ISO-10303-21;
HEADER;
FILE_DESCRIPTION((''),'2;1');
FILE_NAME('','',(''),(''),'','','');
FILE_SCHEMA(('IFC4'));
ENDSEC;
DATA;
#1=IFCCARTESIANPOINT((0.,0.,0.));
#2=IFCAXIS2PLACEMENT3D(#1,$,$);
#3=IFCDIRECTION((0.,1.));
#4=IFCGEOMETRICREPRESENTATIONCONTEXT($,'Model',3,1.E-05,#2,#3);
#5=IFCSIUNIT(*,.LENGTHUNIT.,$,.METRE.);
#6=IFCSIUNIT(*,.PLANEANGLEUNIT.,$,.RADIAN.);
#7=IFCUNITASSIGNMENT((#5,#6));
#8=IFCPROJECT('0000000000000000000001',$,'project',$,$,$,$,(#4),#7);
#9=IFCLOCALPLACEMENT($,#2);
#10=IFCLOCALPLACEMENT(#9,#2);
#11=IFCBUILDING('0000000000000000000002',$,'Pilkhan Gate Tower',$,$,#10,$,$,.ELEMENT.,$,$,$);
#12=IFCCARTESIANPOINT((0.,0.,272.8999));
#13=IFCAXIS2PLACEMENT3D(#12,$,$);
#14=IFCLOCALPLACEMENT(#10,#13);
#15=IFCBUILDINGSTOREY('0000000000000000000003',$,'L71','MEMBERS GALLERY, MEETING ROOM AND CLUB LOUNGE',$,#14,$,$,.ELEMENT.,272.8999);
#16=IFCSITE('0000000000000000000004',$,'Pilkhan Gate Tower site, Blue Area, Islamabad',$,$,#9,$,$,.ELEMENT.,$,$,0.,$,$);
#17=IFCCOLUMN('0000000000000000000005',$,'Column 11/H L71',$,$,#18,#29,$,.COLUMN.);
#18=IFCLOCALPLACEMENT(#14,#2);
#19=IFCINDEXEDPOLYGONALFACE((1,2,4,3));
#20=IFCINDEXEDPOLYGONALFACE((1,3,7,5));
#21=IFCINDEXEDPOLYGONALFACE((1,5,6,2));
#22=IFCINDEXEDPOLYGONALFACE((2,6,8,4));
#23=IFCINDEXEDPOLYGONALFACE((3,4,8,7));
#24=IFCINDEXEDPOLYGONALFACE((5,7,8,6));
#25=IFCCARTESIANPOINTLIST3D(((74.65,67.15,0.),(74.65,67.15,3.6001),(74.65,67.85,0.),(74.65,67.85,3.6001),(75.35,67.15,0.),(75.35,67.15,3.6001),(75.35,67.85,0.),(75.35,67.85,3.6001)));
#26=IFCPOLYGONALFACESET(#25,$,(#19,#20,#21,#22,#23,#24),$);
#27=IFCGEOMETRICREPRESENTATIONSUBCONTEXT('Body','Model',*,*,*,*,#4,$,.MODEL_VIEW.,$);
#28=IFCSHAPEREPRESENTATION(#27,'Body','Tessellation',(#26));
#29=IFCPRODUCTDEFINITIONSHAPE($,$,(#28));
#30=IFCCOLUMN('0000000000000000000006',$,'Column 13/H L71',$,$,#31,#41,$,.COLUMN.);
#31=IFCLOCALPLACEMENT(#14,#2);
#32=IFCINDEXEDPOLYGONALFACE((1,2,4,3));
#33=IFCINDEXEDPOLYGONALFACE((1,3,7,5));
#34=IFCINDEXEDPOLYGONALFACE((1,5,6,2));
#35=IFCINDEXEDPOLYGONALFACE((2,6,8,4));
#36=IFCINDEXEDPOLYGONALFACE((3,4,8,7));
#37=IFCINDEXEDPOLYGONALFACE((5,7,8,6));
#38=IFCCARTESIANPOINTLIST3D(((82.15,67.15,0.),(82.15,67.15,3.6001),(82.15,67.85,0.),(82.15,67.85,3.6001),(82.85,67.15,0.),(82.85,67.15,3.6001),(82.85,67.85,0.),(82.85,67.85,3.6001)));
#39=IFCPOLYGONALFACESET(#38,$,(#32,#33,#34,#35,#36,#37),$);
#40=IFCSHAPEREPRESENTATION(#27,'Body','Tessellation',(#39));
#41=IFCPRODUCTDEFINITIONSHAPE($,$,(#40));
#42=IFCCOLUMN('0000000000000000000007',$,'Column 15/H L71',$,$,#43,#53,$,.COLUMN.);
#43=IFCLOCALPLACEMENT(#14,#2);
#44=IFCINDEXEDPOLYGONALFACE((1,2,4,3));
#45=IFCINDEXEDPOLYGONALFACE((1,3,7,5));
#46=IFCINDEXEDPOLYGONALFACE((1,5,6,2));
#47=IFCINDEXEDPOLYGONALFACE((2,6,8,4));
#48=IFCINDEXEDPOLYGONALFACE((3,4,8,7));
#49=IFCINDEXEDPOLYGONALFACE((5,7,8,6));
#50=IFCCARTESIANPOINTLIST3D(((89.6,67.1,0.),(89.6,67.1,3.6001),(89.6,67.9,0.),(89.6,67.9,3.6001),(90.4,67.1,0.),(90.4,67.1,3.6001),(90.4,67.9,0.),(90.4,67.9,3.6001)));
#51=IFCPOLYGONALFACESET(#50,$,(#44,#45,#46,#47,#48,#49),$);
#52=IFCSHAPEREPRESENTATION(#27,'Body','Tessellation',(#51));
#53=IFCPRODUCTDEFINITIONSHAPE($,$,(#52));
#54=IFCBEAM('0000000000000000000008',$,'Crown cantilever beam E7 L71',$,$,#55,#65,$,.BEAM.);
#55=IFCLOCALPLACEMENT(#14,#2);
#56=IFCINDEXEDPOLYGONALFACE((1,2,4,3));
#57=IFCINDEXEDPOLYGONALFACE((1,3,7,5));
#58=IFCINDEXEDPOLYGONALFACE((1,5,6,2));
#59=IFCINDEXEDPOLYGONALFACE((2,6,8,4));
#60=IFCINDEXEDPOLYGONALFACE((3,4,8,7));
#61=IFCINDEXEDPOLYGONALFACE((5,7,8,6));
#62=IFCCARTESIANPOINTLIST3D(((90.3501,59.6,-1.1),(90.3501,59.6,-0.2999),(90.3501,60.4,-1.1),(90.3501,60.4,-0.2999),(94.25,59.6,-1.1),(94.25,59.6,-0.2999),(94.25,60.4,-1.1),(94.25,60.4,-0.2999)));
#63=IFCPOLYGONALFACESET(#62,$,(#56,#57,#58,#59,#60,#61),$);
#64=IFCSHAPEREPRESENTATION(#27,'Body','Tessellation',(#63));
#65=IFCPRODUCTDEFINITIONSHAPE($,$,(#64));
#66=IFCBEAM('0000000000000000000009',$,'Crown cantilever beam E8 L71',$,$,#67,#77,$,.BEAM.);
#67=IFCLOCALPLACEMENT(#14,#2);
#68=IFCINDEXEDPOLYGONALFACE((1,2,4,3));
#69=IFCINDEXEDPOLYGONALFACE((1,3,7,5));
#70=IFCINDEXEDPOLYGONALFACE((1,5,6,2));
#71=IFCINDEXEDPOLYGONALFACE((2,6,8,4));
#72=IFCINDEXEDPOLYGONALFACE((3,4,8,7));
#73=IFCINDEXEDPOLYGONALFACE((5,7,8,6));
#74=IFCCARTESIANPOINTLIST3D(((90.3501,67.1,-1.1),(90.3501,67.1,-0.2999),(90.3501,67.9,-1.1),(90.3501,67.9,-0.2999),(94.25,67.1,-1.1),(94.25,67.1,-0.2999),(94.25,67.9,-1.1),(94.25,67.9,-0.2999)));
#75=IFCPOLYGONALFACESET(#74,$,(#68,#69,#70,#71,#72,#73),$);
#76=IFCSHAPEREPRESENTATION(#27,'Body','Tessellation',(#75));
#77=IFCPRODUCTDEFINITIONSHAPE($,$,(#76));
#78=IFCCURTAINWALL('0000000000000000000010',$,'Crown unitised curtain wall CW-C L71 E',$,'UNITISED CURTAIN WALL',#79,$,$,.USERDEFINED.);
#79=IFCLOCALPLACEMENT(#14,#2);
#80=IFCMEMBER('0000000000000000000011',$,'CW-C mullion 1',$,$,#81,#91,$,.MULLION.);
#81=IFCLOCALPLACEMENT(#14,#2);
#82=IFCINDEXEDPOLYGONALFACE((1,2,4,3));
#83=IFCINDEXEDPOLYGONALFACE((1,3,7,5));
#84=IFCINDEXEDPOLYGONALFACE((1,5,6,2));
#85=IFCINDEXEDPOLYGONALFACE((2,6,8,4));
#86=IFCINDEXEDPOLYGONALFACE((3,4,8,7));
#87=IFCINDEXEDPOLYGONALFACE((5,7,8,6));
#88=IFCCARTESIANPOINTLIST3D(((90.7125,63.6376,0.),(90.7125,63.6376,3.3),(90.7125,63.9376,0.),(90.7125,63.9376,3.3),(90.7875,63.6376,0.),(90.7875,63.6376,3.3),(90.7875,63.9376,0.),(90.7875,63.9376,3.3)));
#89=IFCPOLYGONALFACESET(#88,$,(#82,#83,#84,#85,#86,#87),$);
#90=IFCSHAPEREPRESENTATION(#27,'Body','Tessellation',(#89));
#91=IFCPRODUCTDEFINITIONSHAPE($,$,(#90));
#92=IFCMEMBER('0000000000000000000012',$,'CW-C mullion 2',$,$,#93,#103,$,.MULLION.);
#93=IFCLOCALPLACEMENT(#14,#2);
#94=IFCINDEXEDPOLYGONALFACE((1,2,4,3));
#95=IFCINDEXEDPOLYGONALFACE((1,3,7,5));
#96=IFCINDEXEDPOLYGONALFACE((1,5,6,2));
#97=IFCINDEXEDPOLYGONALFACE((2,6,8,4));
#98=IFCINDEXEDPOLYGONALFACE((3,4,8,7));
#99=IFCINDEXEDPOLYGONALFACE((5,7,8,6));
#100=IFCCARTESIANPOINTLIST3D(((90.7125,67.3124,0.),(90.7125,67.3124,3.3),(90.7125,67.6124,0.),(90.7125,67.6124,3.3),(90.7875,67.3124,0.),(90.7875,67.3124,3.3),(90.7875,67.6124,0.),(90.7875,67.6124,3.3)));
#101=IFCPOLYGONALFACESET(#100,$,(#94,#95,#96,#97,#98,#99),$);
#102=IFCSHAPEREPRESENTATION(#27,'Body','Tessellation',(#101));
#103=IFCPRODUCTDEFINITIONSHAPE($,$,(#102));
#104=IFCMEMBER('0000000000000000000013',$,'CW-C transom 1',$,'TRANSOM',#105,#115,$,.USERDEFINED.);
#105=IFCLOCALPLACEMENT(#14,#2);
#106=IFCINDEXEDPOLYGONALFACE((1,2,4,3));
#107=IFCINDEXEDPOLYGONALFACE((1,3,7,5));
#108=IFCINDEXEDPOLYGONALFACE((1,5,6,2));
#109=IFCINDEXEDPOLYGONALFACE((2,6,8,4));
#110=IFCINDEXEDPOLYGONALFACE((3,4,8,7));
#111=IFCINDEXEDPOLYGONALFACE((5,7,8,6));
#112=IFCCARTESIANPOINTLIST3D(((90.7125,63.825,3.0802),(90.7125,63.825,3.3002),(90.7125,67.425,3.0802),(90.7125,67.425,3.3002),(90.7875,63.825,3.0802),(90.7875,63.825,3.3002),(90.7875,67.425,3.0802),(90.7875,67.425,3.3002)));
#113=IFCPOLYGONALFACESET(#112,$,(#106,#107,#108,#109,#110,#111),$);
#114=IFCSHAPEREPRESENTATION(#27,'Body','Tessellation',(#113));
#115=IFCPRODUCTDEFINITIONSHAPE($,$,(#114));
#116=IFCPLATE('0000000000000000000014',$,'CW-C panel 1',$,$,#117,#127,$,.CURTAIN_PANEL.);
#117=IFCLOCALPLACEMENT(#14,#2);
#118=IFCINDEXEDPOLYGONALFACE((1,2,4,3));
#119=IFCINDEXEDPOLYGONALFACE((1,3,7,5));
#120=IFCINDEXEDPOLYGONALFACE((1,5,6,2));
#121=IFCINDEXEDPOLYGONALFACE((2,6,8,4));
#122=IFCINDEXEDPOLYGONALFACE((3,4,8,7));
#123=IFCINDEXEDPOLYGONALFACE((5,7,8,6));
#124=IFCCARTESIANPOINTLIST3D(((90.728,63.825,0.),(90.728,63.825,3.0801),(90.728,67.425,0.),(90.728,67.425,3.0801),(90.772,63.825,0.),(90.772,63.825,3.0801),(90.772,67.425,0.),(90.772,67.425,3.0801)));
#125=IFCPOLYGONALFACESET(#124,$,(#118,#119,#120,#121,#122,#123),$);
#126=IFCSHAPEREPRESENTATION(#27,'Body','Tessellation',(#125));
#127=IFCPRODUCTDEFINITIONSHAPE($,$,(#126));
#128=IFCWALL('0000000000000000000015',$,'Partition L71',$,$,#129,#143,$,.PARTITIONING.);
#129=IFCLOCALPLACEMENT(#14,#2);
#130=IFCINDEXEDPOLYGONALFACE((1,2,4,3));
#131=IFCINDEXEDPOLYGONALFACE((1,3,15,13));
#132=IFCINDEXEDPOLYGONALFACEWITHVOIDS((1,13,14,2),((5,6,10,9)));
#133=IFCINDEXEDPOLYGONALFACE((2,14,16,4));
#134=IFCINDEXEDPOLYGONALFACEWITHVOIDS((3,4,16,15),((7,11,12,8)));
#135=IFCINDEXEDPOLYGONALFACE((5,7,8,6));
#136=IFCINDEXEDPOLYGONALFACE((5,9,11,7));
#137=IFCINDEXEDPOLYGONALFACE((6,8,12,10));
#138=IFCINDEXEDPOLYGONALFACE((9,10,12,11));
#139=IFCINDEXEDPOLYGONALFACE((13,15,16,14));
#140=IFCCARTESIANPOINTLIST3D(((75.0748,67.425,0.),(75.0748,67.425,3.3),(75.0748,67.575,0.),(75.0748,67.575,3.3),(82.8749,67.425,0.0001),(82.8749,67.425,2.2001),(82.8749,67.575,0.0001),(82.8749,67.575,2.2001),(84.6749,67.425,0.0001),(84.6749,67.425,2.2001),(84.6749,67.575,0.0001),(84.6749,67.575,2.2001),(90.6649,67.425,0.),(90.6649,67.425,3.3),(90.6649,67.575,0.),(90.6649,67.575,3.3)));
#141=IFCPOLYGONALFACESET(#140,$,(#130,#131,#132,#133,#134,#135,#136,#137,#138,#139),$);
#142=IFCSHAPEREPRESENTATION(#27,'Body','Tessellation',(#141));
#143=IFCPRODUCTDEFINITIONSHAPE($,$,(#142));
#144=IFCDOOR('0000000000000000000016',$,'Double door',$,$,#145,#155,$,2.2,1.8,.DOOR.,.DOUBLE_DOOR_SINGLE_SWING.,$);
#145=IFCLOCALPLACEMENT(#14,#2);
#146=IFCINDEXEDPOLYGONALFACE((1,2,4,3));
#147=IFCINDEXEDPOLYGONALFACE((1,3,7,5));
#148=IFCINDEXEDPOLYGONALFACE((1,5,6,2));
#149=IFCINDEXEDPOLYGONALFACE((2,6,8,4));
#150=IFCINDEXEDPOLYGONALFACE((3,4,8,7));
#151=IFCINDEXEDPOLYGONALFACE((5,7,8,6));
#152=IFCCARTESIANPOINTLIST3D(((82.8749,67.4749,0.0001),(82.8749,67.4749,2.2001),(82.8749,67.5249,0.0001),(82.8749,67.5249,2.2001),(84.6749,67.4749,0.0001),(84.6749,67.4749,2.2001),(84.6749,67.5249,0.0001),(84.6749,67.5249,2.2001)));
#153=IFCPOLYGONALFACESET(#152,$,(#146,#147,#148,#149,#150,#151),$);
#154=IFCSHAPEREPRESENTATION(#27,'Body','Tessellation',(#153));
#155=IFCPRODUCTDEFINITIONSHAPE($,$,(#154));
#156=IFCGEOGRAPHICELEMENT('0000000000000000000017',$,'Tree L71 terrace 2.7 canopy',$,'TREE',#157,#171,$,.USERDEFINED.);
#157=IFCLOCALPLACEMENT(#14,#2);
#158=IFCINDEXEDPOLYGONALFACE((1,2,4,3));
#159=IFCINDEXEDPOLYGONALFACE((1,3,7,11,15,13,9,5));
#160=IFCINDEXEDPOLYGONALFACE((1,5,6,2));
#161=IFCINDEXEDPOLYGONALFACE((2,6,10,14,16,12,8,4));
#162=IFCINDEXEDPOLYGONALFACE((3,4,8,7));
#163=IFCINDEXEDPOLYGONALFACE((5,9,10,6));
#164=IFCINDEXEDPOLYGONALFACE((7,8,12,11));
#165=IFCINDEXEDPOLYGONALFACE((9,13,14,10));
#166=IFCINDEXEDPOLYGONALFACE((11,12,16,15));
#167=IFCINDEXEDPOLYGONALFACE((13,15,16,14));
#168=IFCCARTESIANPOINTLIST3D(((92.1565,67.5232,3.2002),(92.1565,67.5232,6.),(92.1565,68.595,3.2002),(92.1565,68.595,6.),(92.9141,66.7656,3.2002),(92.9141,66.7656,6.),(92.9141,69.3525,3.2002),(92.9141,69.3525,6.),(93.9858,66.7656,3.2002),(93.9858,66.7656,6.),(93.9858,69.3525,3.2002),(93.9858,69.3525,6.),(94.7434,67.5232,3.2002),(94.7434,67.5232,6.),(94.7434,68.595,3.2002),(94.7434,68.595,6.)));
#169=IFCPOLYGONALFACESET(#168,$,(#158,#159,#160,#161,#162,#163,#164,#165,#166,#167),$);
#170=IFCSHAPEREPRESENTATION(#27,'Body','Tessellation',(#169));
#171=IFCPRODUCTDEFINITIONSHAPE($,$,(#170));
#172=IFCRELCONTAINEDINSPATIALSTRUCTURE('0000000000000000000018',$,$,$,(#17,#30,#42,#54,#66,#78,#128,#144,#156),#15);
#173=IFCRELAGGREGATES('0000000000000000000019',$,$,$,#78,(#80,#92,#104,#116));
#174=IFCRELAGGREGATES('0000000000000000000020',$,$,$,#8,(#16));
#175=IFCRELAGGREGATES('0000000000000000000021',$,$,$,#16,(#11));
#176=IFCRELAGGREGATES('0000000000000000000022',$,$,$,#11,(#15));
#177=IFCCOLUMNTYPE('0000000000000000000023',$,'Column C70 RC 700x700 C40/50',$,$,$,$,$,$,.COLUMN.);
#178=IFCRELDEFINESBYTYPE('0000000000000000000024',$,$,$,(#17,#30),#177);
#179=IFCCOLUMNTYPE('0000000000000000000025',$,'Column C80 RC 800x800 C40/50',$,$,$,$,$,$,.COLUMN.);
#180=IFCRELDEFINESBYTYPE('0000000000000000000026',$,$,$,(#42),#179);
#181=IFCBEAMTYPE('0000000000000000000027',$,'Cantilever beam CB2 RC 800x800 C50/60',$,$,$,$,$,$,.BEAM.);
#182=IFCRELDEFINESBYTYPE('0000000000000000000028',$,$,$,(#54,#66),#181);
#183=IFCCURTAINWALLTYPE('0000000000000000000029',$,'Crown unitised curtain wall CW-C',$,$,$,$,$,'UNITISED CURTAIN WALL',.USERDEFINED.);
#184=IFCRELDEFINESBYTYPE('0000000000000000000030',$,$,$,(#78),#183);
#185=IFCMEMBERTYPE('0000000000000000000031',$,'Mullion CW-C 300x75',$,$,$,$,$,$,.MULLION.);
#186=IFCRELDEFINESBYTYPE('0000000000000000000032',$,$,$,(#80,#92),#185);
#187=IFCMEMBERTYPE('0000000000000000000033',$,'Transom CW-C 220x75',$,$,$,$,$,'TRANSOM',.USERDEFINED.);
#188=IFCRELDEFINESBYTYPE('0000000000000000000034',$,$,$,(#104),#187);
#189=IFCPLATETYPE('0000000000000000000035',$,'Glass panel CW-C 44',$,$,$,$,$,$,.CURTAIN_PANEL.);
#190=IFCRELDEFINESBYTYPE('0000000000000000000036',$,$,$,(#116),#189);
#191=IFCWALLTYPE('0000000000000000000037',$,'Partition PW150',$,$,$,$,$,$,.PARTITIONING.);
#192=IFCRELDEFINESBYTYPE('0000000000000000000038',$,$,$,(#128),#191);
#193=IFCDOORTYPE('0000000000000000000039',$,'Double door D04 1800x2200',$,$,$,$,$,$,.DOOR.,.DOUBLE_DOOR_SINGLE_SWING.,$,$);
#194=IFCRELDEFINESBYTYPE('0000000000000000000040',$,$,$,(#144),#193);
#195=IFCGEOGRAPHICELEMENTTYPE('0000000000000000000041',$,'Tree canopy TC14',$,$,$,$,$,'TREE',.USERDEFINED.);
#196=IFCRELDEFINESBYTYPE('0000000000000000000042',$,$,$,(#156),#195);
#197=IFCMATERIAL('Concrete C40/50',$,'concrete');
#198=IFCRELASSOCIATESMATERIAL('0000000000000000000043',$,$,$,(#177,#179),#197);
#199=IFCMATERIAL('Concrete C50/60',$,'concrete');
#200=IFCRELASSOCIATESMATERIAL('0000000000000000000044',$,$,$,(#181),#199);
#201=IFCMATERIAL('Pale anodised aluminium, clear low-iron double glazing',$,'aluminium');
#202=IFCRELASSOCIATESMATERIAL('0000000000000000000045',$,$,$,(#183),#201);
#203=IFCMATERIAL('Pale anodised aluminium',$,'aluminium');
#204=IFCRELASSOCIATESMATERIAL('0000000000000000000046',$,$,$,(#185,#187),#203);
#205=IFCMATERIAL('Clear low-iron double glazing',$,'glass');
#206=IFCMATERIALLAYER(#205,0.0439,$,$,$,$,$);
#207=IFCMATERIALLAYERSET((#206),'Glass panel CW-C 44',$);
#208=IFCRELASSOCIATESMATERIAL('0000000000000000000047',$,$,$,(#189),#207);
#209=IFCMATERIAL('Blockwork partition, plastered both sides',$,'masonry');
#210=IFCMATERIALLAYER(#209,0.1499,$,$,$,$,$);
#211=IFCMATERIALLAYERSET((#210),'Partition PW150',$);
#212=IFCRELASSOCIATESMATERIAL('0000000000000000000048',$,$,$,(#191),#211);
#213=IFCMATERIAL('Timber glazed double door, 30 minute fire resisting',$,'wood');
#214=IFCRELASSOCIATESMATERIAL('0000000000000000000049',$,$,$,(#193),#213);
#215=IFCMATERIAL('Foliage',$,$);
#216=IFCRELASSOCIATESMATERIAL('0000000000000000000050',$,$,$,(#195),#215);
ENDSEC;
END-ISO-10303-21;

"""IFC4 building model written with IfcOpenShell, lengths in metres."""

from ifc_helpers import new_model, si_unit, direction, frame, frame_2d, origin, origin_2d, place, context, subcontext, project, spatial, polyline, rectangle, outline, extrude, material, layer, layer_set, material_profile, profile_set, type_object, element, fill, aggregate, save


model = new_model("IFC4")

# Units and contexts
model_context = context("Model", 3, precision=1e-05, world=origin(), true_north=direction((0.0, 1.0)))
body_context = subcontext(model_context, "Body", "Model", "MODEL_VIEW")
ifc_project = project(units=[si_unit("LENGTHUNIT", "METRE"), si_unit("PLANEANGLEUNIT", "RADIAN")], contexts=[model_context])

# Site, building, storey
site_placement = place(None, origin())
site = spatial("IfcSite", under=ifc_project, at=site_placement, Name="Pilkhan Gate Tower site, Blue Area, Islamabad", CompositionType="ELEMENT", RefElevation=0.0)
building_placement = place(site_placement, origin())
building = spatial("IfcBuilding", under=site, at=building_placement, Name="Pilkhan Gate Tower", CompositionType="ELEMENT")
storey_placement = place(building_placement, frame((0.0, 0.0, 272.8999)))
storey = spatial("IfcBuildingStorey", under=building, at=storey_placement, Name="L71", Description="MEMBERS GALLERY, MEETING ROOM AND CLUB LOUNGE", CompositionType="ELEMENT", Elevation=272.8999)

# Columns
ifc_material_1 = material(Name="Concrete C40/50", Category="concrete")
ifc_material_profile_1 = material_profile(ifc_material_1, rectangle(XDim=0.7, YDim=0.7, at=origin_2d()), Name="RC 700x700")
ifc_profile_set_1 = profile_set([ifc_material_profile_1], Name="Concrete C40/50")
column_type_1 = type_object("IfcColumnType", Name="Column C70 RC 700x700 C40/50", PredefinedType="COLUMN", material=ifc_profile_set_1)
for number, where, z_axis, x_axis, name in (
    (1, (75.0, 67.5, 0.0), (0.0, 0.0, 1.0), (1.0, 0.0, 0.0), "Column 11/H L71"),
    (2, (82.5, 67.5, 0.0), (0.0, 0.0, 1.0), (1.0, 0.0, 0.0), "Column 13/H L71"),
):
    element("IfcColumn", number, at=place(storey_placement, frame(where, z_axis=z_axis, x_axis=x_axis)), inside=storey, type_object=column_type_1, Name=name, PredefinedType="COLUMN", context=body_context, shape_type="SweptSolid", body=[
        extrude(rectangle(XDim=0.7, YDim=0.7, at=origin_2d()), origin(), (0.0, 0.0, 1.0), 3.6001),
    ])
ifc_material_profile_2 = material_profile(ifc_material_1, rectangle(XDim=0.8, YDim=0.8, at=origin_2d()), Name="RC 800x800")
ifc_profile_set_2 = profile_set([ifc_material_profile_2], Name="Concrete C40/50")
column_type_2 = type_object("IfcColumnType", Name="Column C80 RC 800x800 C40/50", PredefinedType="COLUMN", material=ifc_profile_set_2)
column_placement = place(storey_placement, frame((90.0, 67.5, 0.0), z_axis=(0.0, 0.0, 1.0), x_axis=(1.0, 0.0, 0.0)))
element("IfcColumn", 3, at=column_placement, inside=storey, type_object=column_type_2, Name="Column 15/H L71", PredefinedType="COLUMN", context=body_context, shape_type="SweptSolid", body=[
    extrude(rectangle(XDim=0.8, YDim=0.8, at=origin_2d()), origin(), (0.0, 0.0, 1.0), 3.6001),
])

# Beams
ifc_material_2 = material(Name="Concrete C50/60", Category="concrete")
ifc_material_profile_3 = material_profile(ifc_material_2, rectangle(XDim=0.8, YDim=0.8, at=origin_2d()), Name="RC 800x800")
ifc_profile_set_3 = profile_set([ifc_material_profile_3], Name="Concrete C50/60")
beam_type = type_object("IfcBeamType", Name="Cantilever beam CB2 RC 800x800 C50/60", PredefinedType="BEAM", material=ifc_profile_set_3)
for number, where, z_axis, x_axis, name in (
    (4, (90.3501, 60.0, -0.7), (1.0, 0.0, 0.0), (0.0, 1.0, 0.0), "Crown cantilever beam E7 L71"),
    (5, (90.3501, 67.5, -0.7), (1.0, 0.0, 0.0), (0.0, 1.0, 0.0), "Crown cantilever beam E8 L71"),
):
    element("IfcBeam", number, at=place(storey_placement, frame(where, z_axis=z_axis, x_axis=x_axis)), inside=storey, type_object=beam_type, Name=name, PredefinedType="BEAM", context=body_context, shape_type="SweptSolid", body=[
        extrude(rectangle(XDim=0.8, YDim=0.8, at=origin_2d()), origin(), (0.0, 0.0, 1.0), 3.8999),
    ])

# Curtain wall, members, plate
ifc_material_3 = material(Name="Pale anodised aluminium, clear low-iron double glazing", Category="aluminium")
curtain_wall_type = type_object("IfcCurtainWallType", Name="Crown unitised curtain wall CW-C", ElementType="UNITISED CURTAIN WALL", PredefinedType="USERDEFINED", material=ifc_material_3)
curtain_wall_placement = place(storey_placement, origin())
curtain_wall = element("IfcCurtainWall", 6, at=curtain_wall_placement, inside=storey, type_object=curtain_wall_type, Name="Crown unitised curtain wall CW-C L71 E", ObjectType="UNITISED CURTAIN WALL", PredefinedType="USERDEFINED")
ifc_material_4 = material(Name="Pale anodised aluminium", Category="aluminium")
ifc_material_profile_4 = material_profile(ifc_material_4, rectangle(XDim=0.075, YDim=0.3, at=origin_2d()), Name="Mullion 300x75")
ifc_profile_set_4 = profile_set([ifc_material_profile_4], Name="Pale anodised aluminium")
member_type_1 = type_object("IfcMemberType", Name="Mullion CW-C 300x75", PredefinedType="MULLION", material=ifc_profile_set_4)
member_1_placement = place(storey_placement, frame((90.75, 63.7876, 0.0), z_axis=(0.0, 0.0, 1.0), x_axis=(-1.0, 0.0, 0.0)))
member_1 = element("IfcMember", 7, at=member_1_placement, type_object=member_type_1, Name="CW-C mullion 1", PredefinedType="MULLION", context=body_context, shape_type="SweptSolid", body=[
    extrude(rectangle(XDim=0.075, YDim=0.3, at=origin_2d()), origin(), (0.0, 0.0, 1.0), 3.3),
])
member_2_placement = place(storey_placement, frame((90.75, 67.4624, 0.0), z_axis=(0.0, 0.0, 1.0), x_axis=(-1.0, 0.0, 0.0)))
member_2 = element("IfcMember", 8, at=member_2_placement, type_object=member_type_1, Name="CW-C mullion 2", PredefinedType="MULLION", context=body_context, shape_type="SweptSolid", body=[
    extrude(rectangle(XDim=0.075, YDim=0.3, at=origin_2d()), origin(), (0.0, 0.0, 1.0), 3.3),
])
ifc_material_profile_5 = material_profile(ifc_material_4, rectangle(XDim=0.075, YDim=0.22, at=origin_2d()), Name="Transom 220x75")
ifc_profile_set_5 = profile_set([ifc_material_profile_5], Name="Pale anodised aluminium")
member_type_2 = type_object("IfcMemberType", Name="Transom CW-C 220x75", ElementType="TRANSOM", PredefinedType="USERDEFINED", material=ifc_profile_set_5)
member_3_placement = place(storey_placement, frame((90.75, 63.825, 3.1902), z_axis=(0.0, 1.0, 0.0), x_axis=(-1.0, 0.0, 0.0)))
member_3 = element("IfcMember", 9, at=member_3_placement, type_object=member_type_2, Name="CW-C transom 1", ObjectType="TRANSOM", PredefinedType="USERDEFINED", context=body_context, shape_type="SweptSolid", body=[
    extrude(rectangle(XDim=0.075, YDim=0.22, at=origin_2d()), origin(), (0.0, 0.0, 1.0), 3.6001),
])
ifc_material_5 = material(Name="Clear low-iron double glazing", Category="glass")
ifc_layer_1 = layer(ifc_material_5, 0.0439)
ifc_layer_set_1 = layer_set([ifc_layer_1], Name="Glass panel CW-C 44")
plate_type = type_object("IfcPlateType", Name="Glass panel CW-C 44", PredefinedType="CURTAIN_PANEL", material=ifc_layer_set_1)
plate_placement = place(storey_placement, frame((90.75, 65.625, 0.0), z_axis=(0.0, 0.0, 1.0), x_axis=(0.0, 1.0, 0.0)))
plate = element("IfcPlate", 10, at=plate_placement, type_object=plate_type, Name="CW-C panel 1", PredefinedType="CURTAIN_PANEL", context=body_context, shape_type="SweptSolid", body=[
    extrude(rectangle(XDim=3.6001, YDim=0.0439, at=origin_2d()), origin(), (0.0, 0.0, 1.0), 3.0801),
])
aggregate(curtain_wall, [member_1, member_2, member_3, plate])

# Wall, opening, door
ifc_material_6 = material(Name="Blockwork partition, plastered both sides", Category="masonry")
ifc_layer_2 = layer(ifc_material_6, 0.1499)
ifc_layer_set_2 = layer_set([ifc_layer_2], Name="Partition PW150")
wall_type_1 = type_object("IfcWallType", Name="Partition PW150", PredefinedType="PARTITIONING", material=ifc_layer_set_2)
wall_1_placement = place(storey_placement, frame((75.075, 67.5, 0.0), z_axis=(0.0, 0.0, 1.0), x_axis=(1.0, 0.0, 0.0)))
wall_1 = element("IfcWall", 11, at=wall_1_placement, inside=storey, type_object=wall_type_1, Name="Partition L71", PredefinedType="PARTITIONING", context=body_context, shape_type="SweptSolid", body=[
    extrude(rectangle(XDim=15.5901, YDim=0.1499, at=frame_2d((7.7949, 0.0))), origin(), (0.0, 0.0, 1.0), 3.3),
])
opening_1_placement = place(wall_1_placement, frame((7.8, 0.0, 0.0)))
opening_1 = element("IfcOpeningElement", 12, at=opening_1_placement, cuts=wall_1, PredefinedType="OPENING", context=body_context, shape_type="SweptSolid", body=[
    extrude(rectangle(XDim=1.8, YDim=2.2, at=frame_2d((0.8999, 1.1001))), frame((0.0, 0.085, 0.0), z_axis=(0.0, -1.0, 0.0), x_axis=(1.0, 0.0, 0.0)), (0.0, 0.0, 1.0), 0.1699),
])
ifc_material_7 = material(Name="Timber glazed double door, 30 minute fire resisting", Category="wood")
door_type_1 = type_object("IfcDoorType", Name="Double door D04 1800x2200", OperationType="DOUBLE_DOOR_SINGLE_SWING", PredefinedType="DOOR", material=ifc_material_7)
door_1_placement = place(opening_1_placement, origin())
door_1 = element("IfcDoor", 13, at=door_1_placement, inside=storey, type_object=door_type_1, Name="Double door", OperationType="DOUBLE_DOOR_SINGLE_SWING", OverallHeight=2.2, OverallWidth=1.8, PredefinedType="DOOR", context=body_context, shape_type="SweptSolid", body=[
    extrude(rectangle(XDim=1.8, YDim=2.2, at=frame_2d((0.8999, 1.1001))), frame((0.0, 0.0249, 0.0), z_axis=(0.0, -1.0, 0.0), x_axis=(1.0, 0.0, 0.0)), (0.0, 0.0, 1.0), 0.05),
])
fill(opening_1, door_1)

# Geographic element
ifc_material_8 = material(Name="Foliage")
ifc_material_profile_6 = material_profile(ifc_material_8, outline(polyline([(1.2935, 0.5359), (0.5359, 1.2935), (-0.5359, 1.2935), (-1.2935, 0.5359), (-1.2935, -0.5359), (-0.5359, -1.2935), (0.5359, -1.2935), (1.2935, -0.5359), (1.2935, 0.5359)])), Name="Canopy D2.8")
ifc_profile_set_6 = profile_set([ifc_material_profile_6], Name="Foliage")
geographic_element_type_1 = type_object("IfcGeographicElementType", Name="Tree canopy TC14", ElementType="TREE", PredefinedType="USERDEFINED", material=ifc_profile_set_6)
for number, where, z_axis, x_axis, name in (
    (14, (93.45, 68.0591, 3.2002), (0.0, 0.0, 1.0), (1.0, 0.0, 0.0), "Tree L71 terrace 2.7 canopy"),
):
    element("IfcGeographicElement", number, at=place(storey_placement, frame(where, z_axis=z_axis, x_axis=x_axis)), inside=storey, type_object=geographic_element_type_1, Name=name, ObjectType="TREE", PredefinedType="USERDEFINED", context=body_context, shape_type="SweptSolid", body=[
        extrude(outline(polyline([(1.2935, 0.5359), (0.5359, 1.2935), (-0.5359, 1.2935), (-1.2935, 0.5359), (-1.2935, -0.5359), (-0.5359, -1.2935), (0.5359, -1.2935), (1.2935, -0.5359), (1.2935, 0.5359)])), origin(), (0.0, 0.0, 1.0), 2.7998),
    ])

save(model, "model.ifc")
